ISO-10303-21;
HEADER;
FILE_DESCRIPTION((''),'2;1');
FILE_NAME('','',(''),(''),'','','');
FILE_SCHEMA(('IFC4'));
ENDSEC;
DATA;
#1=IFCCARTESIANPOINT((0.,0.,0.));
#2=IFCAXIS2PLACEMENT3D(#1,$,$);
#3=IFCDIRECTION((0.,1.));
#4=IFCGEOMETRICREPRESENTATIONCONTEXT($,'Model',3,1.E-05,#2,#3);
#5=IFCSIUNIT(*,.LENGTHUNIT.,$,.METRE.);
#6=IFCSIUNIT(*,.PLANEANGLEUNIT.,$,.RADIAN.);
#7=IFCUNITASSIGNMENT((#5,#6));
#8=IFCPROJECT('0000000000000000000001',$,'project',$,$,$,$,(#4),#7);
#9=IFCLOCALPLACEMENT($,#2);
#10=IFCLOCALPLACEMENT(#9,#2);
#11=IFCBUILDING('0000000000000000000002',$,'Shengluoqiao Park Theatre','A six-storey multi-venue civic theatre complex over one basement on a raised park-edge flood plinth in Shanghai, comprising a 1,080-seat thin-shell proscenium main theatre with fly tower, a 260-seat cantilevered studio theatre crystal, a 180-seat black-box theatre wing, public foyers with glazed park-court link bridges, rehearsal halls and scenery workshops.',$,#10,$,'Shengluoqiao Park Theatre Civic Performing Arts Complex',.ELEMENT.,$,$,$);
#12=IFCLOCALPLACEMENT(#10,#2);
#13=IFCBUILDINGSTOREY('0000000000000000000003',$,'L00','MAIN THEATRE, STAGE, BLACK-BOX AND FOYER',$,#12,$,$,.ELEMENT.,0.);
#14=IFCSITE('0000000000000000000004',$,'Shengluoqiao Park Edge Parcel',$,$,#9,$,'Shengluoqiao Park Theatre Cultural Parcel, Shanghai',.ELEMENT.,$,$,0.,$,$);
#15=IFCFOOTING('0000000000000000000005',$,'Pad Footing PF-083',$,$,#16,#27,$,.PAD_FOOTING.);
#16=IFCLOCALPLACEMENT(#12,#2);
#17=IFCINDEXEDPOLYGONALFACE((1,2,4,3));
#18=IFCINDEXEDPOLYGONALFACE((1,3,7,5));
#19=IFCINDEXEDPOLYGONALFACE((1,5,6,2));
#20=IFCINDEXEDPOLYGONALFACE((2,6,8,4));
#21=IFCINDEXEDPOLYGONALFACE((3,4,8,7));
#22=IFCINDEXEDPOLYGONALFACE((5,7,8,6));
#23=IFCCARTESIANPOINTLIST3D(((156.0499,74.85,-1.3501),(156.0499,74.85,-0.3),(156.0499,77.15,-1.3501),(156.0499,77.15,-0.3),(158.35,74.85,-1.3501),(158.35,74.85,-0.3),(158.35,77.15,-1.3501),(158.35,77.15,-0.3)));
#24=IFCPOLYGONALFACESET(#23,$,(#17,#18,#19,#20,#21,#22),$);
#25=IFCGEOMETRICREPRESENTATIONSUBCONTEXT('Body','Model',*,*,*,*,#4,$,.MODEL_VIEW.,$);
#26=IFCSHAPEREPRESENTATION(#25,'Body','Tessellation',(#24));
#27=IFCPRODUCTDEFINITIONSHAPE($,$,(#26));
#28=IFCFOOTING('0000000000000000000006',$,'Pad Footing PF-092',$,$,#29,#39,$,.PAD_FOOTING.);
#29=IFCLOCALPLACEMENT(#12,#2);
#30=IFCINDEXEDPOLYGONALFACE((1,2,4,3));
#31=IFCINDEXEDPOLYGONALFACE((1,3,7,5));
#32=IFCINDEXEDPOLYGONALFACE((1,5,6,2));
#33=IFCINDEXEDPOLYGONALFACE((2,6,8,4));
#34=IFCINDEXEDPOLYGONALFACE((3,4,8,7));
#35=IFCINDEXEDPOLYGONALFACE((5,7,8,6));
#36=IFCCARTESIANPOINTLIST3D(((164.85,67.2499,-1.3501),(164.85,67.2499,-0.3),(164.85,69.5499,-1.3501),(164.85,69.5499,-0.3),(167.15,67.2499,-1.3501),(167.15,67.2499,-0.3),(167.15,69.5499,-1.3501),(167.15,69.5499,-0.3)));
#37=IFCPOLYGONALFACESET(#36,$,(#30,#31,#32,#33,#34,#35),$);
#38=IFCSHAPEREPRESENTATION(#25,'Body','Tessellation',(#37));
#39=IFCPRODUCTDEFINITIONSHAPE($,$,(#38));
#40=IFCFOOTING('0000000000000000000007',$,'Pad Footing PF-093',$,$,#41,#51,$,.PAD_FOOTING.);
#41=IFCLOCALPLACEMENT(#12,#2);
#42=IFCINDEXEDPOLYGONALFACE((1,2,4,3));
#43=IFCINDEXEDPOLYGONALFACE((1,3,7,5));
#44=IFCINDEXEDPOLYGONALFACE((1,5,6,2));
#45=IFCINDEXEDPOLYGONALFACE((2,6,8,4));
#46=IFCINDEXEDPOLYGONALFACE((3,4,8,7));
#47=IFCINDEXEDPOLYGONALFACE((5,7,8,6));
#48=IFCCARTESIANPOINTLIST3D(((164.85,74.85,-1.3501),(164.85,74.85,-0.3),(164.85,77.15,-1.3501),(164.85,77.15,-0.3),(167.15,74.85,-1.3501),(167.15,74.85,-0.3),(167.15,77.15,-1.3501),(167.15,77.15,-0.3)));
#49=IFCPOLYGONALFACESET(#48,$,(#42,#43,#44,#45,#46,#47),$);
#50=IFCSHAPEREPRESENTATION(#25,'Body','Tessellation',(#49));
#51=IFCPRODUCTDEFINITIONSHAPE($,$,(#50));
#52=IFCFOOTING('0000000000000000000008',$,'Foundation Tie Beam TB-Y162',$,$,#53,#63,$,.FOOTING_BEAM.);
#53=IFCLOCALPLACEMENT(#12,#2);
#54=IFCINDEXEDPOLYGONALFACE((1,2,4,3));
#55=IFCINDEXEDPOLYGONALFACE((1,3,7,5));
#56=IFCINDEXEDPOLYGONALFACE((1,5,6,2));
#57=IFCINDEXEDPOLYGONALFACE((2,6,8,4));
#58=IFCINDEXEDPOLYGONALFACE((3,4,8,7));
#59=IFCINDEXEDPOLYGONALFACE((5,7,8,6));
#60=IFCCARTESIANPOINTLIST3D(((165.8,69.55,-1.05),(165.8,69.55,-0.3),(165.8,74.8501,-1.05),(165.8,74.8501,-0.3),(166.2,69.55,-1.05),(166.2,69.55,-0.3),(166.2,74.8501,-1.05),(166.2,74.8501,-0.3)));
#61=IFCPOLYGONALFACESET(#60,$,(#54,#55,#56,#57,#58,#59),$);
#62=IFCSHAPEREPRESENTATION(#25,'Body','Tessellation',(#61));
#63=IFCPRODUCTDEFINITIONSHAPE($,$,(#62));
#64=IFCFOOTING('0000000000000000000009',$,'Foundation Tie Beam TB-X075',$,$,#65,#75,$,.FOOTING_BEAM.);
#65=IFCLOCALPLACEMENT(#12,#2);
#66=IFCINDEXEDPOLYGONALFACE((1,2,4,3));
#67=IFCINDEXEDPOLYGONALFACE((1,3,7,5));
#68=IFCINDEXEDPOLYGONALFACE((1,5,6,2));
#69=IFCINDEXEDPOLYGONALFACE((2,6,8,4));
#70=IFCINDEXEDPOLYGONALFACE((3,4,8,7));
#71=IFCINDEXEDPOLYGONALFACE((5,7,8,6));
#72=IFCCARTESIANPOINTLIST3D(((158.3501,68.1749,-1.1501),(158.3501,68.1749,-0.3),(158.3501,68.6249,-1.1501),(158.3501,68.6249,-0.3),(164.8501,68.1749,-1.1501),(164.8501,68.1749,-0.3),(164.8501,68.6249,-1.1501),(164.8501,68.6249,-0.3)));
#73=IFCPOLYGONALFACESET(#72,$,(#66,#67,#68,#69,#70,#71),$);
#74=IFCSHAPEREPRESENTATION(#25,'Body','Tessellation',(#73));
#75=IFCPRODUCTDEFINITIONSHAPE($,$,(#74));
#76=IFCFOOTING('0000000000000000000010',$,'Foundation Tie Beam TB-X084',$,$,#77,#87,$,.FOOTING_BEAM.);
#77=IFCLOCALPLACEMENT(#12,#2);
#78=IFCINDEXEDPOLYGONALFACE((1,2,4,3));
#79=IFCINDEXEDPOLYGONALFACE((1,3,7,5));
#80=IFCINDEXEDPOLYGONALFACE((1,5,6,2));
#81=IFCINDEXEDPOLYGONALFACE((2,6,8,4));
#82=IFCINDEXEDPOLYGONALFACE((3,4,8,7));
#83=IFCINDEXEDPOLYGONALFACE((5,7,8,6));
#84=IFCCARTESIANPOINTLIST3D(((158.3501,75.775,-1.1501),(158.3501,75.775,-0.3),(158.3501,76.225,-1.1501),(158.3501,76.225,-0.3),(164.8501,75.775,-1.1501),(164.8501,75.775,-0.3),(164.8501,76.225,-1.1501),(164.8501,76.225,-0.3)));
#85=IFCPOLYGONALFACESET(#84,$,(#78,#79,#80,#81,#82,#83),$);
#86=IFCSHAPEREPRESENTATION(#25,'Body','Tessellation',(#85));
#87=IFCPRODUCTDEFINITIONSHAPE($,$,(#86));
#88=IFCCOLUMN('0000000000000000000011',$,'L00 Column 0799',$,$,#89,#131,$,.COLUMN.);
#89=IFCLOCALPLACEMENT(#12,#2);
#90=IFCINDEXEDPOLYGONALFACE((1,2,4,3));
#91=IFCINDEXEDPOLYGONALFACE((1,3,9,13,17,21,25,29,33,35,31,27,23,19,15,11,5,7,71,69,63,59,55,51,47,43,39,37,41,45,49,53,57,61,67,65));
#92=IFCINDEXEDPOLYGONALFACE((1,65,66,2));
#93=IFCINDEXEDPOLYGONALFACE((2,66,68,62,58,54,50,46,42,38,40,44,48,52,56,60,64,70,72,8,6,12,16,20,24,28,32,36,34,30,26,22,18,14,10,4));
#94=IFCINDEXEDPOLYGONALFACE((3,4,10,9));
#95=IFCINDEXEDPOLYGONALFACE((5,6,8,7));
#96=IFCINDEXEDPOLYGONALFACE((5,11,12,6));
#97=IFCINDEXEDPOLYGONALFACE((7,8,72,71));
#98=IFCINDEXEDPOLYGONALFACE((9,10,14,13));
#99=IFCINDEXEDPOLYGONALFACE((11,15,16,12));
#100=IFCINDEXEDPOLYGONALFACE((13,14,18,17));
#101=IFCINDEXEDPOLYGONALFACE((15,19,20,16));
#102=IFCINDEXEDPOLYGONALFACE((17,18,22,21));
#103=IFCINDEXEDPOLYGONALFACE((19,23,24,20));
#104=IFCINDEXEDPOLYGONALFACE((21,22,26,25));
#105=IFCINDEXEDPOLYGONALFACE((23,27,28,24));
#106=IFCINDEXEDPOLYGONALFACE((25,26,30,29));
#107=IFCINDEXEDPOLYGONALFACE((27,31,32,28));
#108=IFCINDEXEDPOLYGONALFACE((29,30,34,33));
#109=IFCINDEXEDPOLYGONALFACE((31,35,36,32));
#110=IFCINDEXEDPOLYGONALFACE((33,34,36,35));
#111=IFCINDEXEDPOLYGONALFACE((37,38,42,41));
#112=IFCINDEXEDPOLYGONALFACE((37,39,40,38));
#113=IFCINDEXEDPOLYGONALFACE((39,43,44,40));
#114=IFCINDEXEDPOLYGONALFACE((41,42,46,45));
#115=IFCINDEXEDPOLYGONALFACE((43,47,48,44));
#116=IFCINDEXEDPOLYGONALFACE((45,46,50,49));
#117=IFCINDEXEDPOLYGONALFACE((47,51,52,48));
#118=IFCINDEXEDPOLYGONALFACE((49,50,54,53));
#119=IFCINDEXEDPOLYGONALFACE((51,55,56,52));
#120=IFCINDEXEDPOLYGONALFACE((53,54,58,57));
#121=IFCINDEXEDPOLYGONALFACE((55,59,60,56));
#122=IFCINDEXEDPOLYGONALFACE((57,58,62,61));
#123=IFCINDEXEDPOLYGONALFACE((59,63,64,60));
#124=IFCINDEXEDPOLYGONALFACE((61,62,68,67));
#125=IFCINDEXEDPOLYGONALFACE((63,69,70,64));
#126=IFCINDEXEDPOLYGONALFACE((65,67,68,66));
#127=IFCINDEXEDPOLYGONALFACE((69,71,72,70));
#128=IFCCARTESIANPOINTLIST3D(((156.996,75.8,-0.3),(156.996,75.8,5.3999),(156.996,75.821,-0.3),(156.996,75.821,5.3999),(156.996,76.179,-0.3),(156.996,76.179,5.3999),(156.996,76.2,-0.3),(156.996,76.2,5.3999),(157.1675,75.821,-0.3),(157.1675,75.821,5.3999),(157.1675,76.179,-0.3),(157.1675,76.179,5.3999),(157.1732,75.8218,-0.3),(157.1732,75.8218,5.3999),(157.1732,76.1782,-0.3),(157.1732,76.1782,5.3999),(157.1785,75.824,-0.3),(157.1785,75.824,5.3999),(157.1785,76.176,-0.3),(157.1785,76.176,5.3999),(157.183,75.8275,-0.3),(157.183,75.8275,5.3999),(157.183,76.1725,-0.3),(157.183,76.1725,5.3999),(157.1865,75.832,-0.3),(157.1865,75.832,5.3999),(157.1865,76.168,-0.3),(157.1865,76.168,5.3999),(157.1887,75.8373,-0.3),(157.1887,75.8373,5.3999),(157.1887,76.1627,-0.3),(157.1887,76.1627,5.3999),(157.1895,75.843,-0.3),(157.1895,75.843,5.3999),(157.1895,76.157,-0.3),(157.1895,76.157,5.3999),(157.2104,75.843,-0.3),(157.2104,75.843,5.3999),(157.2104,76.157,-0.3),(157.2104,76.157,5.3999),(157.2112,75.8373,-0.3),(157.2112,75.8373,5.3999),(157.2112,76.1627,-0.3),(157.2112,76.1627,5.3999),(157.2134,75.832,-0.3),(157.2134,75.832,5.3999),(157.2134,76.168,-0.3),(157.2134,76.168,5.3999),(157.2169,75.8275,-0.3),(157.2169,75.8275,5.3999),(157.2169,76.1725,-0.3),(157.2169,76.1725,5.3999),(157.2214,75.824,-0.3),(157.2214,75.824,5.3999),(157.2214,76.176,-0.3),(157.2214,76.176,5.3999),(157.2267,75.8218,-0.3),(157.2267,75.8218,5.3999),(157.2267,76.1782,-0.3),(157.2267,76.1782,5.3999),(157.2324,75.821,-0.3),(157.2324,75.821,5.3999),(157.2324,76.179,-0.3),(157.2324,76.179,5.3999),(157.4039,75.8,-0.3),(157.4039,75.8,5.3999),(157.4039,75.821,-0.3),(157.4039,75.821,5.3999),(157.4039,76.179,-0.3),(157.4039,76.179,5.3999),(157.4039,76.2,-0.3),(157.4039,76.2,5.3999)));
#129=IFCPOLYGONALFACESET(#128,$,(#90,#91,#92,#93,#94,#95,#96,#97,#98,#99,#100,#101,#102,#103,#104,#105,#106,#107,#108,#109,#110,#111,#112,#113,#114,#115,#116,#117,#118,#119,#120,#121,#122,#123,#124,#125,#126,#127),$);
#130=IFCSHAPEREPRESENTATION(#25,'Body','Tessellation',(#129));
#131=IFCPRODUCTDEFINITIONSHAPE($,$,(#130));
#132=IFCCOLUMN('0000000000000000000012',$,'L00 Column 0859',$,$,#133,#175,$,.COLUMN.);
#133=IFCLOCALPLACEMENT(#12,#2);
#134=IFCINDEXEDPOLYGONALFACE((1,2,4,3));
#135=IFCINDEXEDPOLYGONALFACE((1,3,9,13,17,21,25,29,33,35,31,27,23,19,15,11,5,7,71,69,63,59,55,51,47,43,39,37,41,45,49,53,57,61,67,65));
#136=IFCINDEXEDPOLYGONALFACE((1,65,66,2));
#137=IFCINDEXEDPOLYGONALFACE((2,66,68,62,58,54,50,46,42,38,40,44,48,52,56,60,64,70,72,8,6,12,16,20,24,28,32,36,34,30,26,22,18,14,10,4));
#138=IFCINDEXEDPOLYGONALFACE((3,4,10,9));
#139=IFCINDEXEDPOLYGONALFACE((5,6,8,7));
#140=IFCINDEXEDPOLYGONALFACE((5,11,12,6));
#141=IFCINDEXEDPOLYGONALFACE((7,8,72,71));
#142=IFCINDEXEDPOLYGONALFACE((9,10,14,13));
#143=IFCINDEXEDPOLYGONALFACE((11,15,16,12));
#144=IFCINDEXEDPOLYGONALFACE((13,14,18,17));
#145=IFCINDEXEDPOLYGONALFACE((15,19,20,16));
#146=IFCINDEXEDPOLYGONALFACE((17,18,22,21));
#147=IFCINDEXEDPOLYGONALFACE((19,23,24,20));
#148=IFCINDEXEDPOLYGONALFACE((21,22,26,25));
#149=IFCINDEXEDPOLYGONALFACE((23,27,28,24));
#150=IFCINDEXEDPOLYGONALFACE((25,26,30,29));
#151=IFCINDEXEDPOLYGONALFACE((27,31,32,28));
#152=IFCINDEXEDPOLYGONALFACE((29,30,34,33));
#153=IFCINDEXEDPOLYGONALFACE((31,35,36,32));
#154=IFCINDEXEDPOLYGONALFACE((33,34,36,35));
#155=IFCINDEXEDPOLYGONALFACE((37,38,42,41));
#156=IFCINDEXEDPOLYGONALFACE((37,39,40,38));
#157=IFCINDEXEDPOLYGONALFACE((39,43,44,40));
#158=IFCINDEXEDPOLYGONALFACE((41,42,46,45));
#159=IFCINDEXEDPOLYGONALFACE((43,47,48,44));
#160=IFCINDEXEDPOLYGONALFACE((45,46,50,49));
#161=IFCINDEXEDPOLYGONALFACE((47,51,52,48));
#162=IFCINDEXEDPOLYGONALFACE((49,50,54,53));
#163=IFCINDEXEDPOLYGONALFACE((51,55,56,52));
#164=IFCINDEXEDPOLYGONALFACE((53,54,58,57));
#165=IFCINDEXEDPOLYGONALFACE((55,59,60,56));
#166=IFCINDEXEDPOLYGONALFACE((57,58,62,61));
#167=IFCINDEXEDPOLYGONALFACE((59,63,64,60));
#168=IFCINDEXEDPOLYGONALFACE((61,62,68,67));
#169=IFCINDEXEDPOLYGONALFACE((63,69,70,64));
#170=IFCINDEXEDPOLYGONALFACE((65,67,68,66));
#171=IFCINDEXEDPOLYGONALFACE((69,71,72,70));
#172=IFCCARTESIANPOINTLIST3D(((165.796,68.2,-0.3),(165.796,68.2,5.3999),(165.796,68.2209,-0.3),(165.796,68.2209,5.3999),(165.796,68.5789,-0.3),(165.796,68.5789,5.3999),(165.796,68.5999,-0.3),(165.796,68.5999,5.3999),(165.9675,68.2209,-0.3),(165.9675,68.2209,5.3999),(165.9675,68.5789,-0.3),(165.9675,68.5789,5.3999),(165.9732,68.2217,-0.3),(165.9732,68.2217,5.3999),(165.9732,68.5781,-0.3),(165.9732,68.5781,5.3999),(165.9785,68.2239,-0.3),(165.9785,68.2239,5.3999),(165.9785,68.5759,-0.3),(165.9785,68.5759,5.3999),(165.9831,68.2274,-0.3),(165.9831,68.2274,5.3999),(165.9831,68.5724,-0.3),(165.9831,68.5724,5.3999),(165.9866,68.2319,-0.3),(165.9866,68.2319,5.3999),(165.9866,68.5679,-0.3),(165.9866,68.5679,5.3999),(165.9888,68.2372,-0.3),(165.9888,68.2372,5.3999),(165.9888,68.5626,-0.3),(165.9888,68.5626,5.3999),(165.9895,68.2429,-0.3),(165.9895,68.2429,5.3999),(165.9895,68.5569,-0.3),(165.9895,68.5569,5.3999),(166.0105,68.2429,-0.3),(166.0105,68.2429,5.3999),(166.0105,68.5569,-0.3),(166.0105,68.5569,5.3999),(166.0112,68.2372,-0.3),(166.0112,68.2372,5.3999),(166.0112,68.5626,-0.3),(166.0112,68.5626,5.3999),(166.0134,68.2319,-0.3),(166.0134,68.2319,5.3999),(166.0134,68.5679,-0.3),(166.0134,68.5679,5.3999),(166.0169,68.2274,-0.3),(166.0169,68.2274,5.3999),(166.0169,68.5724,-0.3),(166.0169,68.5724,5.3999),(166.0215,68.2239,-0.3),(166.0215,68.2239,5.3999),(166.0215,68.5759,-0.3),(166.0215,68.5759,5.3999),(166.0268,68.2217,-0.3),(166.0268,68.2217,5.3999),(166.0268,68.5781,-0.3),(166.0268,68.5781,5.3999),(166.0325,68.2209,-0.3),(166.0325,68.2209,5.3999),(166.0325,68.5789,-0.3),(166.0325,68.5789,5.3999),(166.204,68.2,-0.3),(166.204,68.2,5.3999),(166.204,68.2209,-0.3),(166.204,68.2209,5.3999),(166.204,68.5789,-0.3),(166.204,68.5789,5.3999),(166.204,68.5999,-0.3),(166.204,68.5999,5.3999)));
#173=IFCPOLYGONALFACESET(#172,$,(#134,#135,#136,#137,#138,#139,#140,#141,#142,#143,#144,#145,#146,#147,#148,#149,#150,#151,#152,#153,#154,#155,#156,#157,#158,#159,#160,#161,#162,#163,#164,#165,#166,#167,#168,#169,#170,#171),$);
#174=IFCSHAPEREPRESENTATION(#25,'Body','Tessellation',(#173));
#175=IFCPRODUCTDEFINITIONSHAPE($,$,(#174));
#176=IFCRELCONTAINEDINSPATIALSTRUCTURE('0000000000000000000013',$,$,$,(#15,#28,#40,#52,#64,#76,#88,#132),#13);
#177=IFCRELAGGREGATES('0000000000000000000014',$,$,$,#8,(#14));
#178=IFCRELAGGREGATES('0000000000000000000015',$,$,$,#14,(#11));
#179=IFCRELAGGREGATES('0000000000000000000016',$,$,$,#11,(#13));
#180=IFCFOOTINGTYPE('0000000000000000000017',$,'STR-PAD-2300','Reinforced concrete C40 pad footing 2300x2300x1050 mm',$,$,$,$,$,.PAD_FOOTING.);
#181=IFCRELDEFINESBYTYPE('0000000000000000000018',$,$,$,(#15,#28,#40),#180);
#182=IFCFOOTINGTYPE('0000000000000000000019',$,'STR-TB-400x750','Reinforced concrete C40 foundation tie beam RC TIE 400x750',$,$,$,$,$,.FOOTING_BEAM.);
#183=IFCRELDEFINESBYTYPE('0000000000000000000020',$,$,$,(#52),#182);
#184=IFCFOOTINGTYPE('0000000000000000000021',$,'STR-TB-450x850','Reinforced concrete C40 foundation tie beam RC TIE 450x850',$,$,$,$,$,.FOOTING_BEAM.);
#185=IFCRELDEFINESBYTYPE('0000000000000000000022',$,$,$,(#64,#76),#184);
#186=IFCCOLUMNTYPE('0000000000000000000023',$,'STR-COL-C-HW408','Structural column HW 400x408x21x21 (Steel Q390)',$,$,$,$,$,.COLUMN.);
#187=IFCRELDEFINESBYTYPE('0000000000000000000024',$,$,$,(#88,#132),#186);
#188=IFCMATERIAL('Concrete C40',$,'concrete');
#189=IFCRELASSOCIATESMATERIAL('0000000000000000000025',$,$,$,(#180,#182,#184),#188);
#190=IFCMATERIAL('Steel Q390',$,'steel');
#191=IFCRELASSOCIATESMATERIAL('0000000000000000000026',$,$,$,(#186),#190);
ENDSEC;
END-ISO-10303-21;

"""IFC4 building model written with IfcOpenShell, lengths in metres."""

from ifc_helpers import new_model, si_unit, direction, frame, origin, origin_2d, place, context, subcontext, project, spatial, rectangle, i_section, extrude, material, material_profile, profile_set, type_object, element, save


model = new_model("IFC4")

# Units and contexts
model_context = context("Model", 3, precision=1e-05, world=origin(), true_north=direction((0.0, 1.0)))
body_context = subcontext(model_context, "Body", "Model", "MODEL_VIEW")
ifc_project = project(units=[si_unit("LENGTHUNIT", "METRE"), si_unit("PLANEANGLEUNIT", "RADIAN")], contexts=[model_context])

# Site, building, storey
site_placement = place(None, origin())
site = spatial("IfcSite", under=ifc_project, at=site_placement, Name="Shengluoqiao Park Edge Parcel", LongName="Shengluoqiao Park Theatre Cultural Parcel, Shanghai", CompositionType="ELEMENT", RefElevation=0.0)
building_placement = place(site_placement, origin())
building = spatial("IfcBuilding", under=site, at=building_placement, Name="Shengluoqiao Park Theatre", Description="A six-storey multi-venue civic theatre complex over one basement on a raised park-edge flood plinth in Shanghai, comprising a 1,080-seat thin-shell proscenium main theatre with fly tower, a 260-seat cantilevered studio theatre crystal, a 180-seat black-box theatre wing, public foyers with glazed park-court link bridges, rehearsal halls and scenery workshops.", LongName="Shengluoqiao Park Theatre Civic Performing Arts Complex", CompositionType="ELEMENT")
storey_placement = place(building_placement, origin())
storey = spatial("IfcBuildingStorey", under=building, at=storey_placement, Name="L00", Description="MAIN THEATRE, STAGE, BLACK-BOX AND FOYER", CompositionType="ELEMENT", Elevation=0.0)

# Footings
ifc_material_1 = material(Name="Concrete C40", Category="concrete")
footing_type_1 = type_object("IfcFootingType", Name="STR-PAD-2300", Description="Reinforced concrete C40 pad footing 2300x2300x1050 mm", PredefinedType="PAD_FOOTING", material=ifc_material_1)
for number, where, z_axis, x_axis, name in (
    (1, (157.2, 76.0, -1.3501), (0.0, 0.0, 1.0), (1.0, 0.0, 0.0), "Pad Footing PF-083"),
    (2, (166.0, 68.3999, -1.3501), (0.0, 0.0, 1.0), (1.0, 0.0, 0.0), "Pad Footing PF-092"),
    (3, (166.0, 76.0, -1.3501), (0.0, 0.0, 1.0), (1.0, 0.0, 0.0), "Pad Footing PF-093"),
):
    element("IfcFooting", number, at=place(storey_placement, frame(where, z_axis=z_axis, x_axis=x_axis)), inside=storey, type_object=footing_type_1, Name=name, PredefinedType="PAD_FOOTING", context=body_context, shape_type="SweptSolid", body=[
        extrude(rectangle(XDim=2.3, YDim=2.3, at=origin_2d()), origin(), (0.0, 0.0, 1.0), 1.05),
    ])
ifc_material_profile_1 = material_profile(ifc_material_1, rectangle(XDim=0.3999, YDim=0.75, at=origin_2d()), Name="RC TIE 400x750")
ifc_profile_set_1 = profile_set([ifc_material_profile_1], Name="Concrete C40")
footing_type_2 = type_object("IfcFootingType", Name="STR-TB-400x750", Description="Reinforced concrete C40 foundation tie beam RC TIE 400x750", PredefinedType="FOOTING_BEAM", material=ifc_profile_set_1)
footing_placement = place(storey_placement, frame((166.0, 69.55, -0.675), z_axis=(0.0, 1.0, 0.0), x_axis=(-1.0, 0.0, 0.0)))
element("IfcFooting", 4, at=footing_placement, inside=storey, type_object=footing_type_2, Name="Foundation Tie Beam TB-Y162", PredefinedType="FOOTING_BEAM", context=body_context, shape_type="SweptSolid", body=[
    extrude(rectangle(XDim=0.3999, YDim=0.75, at=origin_2d()), origin(), (0.0, 0.0, 1.0), 5.3),
])
ifc_material_profile_2 = material_profile(ifc_material_1, rectangle(XDim=0.45, YDim=0.8501, at=origin_2d()), Name="RC TIE 450x850")
ifc_profile_set_2 = profile_set([ifc_material_profile_2], Name="Concrete C40")
footing_type_3 = type_object("IfcFootingType", Name="STR-TB-450x850", Description="Reinforced concrete C40 foundation tie beam RC TIE 450x850", PredefinedType="FOOTING_BEAM", material=ifc_profile_set_2)
for number, where, z_axis, x_axis, name in (
    (5, (158.3501, 68.3999, -0.7251), (1.0, 0.0, 0.0), (0.0, 1.0, 0.0), "Foundation Tie Beam TB-X075"),
    (6, (158.3501, 76.0, -0.7251), (1.0, 0.0, 0.0), (0.0, 1.0, 0.0), "Foundation Tie Beam TB-X084"),
):
    element("IfcFooting", number, at=place(storey_placement, frame(where, z_axis=z_axis, x_axis=x_axis)), inside=storey, type_object=footing_type_3, Name=name, PredefinedType="FOOTING_BEAM", context=body_context, shape_type="SweptSolid", body=[
        extrude(rectangle(XDim=0.45, YDim=0.8501, at=origin_2d()), origin(), (0.0, 0.0, 1.0), 6.5),
    ])

# Columns
ifc_material_2 = material(Name="Steel Q390", Category="steel")
ifc_material_profile_3 = material_profile(ifc_material_2, i_section(OverallWidth=0.408, OverallDepth=0.3999, WebThickness=0.021, FlangeThickness=0.021, FilletRadius=0.022, at=origin_2d()), Name="HW 400x408x21x21")
ifc_profile_set_3 = profile_set([ifc_material_profile_3], Name="Steel Q390")
column_type = type_object("IfcColumnType", Name="STR-COL-C-HW408", Description="Structural column HW 400x408x21x21 (Steel Q390)", PredefinedType="COLUMN", material=ifc_profile_set_3)
for number, where, z_axis, x_axis, name in (
    (7, (157.2, 76.0, -0.3), (0.0, 0.0, 1.0), (1.0, 0.0, 0.0), "L00 Column 0799"),
    (8, (166.0, 68.3999, -0.3), (0.0, 0.0, 1.0), (1.0, 0.0, 0.0), "L00 Column 0859"),
):
    element("IfcColumn", number, at=place(storey_placement, frame(where, z_axis=z_axis, x_axis=x_axis)), inside=storey, type_object=column_type, Name=name, PredefinedType="COLUMN", context=body_context, shape_type="SweptSolid", body=[
        extrude(i_section(OverallWidth=0.408, OverallDepth=0.3999, WebThickness=0.021, FlangeThickness=0.021, FilletRadius=0.022, at=origin_2d()), origin(), (0.0, 0.0, 1.0), 5.7),
    ])

save(model, "model.ifc")
